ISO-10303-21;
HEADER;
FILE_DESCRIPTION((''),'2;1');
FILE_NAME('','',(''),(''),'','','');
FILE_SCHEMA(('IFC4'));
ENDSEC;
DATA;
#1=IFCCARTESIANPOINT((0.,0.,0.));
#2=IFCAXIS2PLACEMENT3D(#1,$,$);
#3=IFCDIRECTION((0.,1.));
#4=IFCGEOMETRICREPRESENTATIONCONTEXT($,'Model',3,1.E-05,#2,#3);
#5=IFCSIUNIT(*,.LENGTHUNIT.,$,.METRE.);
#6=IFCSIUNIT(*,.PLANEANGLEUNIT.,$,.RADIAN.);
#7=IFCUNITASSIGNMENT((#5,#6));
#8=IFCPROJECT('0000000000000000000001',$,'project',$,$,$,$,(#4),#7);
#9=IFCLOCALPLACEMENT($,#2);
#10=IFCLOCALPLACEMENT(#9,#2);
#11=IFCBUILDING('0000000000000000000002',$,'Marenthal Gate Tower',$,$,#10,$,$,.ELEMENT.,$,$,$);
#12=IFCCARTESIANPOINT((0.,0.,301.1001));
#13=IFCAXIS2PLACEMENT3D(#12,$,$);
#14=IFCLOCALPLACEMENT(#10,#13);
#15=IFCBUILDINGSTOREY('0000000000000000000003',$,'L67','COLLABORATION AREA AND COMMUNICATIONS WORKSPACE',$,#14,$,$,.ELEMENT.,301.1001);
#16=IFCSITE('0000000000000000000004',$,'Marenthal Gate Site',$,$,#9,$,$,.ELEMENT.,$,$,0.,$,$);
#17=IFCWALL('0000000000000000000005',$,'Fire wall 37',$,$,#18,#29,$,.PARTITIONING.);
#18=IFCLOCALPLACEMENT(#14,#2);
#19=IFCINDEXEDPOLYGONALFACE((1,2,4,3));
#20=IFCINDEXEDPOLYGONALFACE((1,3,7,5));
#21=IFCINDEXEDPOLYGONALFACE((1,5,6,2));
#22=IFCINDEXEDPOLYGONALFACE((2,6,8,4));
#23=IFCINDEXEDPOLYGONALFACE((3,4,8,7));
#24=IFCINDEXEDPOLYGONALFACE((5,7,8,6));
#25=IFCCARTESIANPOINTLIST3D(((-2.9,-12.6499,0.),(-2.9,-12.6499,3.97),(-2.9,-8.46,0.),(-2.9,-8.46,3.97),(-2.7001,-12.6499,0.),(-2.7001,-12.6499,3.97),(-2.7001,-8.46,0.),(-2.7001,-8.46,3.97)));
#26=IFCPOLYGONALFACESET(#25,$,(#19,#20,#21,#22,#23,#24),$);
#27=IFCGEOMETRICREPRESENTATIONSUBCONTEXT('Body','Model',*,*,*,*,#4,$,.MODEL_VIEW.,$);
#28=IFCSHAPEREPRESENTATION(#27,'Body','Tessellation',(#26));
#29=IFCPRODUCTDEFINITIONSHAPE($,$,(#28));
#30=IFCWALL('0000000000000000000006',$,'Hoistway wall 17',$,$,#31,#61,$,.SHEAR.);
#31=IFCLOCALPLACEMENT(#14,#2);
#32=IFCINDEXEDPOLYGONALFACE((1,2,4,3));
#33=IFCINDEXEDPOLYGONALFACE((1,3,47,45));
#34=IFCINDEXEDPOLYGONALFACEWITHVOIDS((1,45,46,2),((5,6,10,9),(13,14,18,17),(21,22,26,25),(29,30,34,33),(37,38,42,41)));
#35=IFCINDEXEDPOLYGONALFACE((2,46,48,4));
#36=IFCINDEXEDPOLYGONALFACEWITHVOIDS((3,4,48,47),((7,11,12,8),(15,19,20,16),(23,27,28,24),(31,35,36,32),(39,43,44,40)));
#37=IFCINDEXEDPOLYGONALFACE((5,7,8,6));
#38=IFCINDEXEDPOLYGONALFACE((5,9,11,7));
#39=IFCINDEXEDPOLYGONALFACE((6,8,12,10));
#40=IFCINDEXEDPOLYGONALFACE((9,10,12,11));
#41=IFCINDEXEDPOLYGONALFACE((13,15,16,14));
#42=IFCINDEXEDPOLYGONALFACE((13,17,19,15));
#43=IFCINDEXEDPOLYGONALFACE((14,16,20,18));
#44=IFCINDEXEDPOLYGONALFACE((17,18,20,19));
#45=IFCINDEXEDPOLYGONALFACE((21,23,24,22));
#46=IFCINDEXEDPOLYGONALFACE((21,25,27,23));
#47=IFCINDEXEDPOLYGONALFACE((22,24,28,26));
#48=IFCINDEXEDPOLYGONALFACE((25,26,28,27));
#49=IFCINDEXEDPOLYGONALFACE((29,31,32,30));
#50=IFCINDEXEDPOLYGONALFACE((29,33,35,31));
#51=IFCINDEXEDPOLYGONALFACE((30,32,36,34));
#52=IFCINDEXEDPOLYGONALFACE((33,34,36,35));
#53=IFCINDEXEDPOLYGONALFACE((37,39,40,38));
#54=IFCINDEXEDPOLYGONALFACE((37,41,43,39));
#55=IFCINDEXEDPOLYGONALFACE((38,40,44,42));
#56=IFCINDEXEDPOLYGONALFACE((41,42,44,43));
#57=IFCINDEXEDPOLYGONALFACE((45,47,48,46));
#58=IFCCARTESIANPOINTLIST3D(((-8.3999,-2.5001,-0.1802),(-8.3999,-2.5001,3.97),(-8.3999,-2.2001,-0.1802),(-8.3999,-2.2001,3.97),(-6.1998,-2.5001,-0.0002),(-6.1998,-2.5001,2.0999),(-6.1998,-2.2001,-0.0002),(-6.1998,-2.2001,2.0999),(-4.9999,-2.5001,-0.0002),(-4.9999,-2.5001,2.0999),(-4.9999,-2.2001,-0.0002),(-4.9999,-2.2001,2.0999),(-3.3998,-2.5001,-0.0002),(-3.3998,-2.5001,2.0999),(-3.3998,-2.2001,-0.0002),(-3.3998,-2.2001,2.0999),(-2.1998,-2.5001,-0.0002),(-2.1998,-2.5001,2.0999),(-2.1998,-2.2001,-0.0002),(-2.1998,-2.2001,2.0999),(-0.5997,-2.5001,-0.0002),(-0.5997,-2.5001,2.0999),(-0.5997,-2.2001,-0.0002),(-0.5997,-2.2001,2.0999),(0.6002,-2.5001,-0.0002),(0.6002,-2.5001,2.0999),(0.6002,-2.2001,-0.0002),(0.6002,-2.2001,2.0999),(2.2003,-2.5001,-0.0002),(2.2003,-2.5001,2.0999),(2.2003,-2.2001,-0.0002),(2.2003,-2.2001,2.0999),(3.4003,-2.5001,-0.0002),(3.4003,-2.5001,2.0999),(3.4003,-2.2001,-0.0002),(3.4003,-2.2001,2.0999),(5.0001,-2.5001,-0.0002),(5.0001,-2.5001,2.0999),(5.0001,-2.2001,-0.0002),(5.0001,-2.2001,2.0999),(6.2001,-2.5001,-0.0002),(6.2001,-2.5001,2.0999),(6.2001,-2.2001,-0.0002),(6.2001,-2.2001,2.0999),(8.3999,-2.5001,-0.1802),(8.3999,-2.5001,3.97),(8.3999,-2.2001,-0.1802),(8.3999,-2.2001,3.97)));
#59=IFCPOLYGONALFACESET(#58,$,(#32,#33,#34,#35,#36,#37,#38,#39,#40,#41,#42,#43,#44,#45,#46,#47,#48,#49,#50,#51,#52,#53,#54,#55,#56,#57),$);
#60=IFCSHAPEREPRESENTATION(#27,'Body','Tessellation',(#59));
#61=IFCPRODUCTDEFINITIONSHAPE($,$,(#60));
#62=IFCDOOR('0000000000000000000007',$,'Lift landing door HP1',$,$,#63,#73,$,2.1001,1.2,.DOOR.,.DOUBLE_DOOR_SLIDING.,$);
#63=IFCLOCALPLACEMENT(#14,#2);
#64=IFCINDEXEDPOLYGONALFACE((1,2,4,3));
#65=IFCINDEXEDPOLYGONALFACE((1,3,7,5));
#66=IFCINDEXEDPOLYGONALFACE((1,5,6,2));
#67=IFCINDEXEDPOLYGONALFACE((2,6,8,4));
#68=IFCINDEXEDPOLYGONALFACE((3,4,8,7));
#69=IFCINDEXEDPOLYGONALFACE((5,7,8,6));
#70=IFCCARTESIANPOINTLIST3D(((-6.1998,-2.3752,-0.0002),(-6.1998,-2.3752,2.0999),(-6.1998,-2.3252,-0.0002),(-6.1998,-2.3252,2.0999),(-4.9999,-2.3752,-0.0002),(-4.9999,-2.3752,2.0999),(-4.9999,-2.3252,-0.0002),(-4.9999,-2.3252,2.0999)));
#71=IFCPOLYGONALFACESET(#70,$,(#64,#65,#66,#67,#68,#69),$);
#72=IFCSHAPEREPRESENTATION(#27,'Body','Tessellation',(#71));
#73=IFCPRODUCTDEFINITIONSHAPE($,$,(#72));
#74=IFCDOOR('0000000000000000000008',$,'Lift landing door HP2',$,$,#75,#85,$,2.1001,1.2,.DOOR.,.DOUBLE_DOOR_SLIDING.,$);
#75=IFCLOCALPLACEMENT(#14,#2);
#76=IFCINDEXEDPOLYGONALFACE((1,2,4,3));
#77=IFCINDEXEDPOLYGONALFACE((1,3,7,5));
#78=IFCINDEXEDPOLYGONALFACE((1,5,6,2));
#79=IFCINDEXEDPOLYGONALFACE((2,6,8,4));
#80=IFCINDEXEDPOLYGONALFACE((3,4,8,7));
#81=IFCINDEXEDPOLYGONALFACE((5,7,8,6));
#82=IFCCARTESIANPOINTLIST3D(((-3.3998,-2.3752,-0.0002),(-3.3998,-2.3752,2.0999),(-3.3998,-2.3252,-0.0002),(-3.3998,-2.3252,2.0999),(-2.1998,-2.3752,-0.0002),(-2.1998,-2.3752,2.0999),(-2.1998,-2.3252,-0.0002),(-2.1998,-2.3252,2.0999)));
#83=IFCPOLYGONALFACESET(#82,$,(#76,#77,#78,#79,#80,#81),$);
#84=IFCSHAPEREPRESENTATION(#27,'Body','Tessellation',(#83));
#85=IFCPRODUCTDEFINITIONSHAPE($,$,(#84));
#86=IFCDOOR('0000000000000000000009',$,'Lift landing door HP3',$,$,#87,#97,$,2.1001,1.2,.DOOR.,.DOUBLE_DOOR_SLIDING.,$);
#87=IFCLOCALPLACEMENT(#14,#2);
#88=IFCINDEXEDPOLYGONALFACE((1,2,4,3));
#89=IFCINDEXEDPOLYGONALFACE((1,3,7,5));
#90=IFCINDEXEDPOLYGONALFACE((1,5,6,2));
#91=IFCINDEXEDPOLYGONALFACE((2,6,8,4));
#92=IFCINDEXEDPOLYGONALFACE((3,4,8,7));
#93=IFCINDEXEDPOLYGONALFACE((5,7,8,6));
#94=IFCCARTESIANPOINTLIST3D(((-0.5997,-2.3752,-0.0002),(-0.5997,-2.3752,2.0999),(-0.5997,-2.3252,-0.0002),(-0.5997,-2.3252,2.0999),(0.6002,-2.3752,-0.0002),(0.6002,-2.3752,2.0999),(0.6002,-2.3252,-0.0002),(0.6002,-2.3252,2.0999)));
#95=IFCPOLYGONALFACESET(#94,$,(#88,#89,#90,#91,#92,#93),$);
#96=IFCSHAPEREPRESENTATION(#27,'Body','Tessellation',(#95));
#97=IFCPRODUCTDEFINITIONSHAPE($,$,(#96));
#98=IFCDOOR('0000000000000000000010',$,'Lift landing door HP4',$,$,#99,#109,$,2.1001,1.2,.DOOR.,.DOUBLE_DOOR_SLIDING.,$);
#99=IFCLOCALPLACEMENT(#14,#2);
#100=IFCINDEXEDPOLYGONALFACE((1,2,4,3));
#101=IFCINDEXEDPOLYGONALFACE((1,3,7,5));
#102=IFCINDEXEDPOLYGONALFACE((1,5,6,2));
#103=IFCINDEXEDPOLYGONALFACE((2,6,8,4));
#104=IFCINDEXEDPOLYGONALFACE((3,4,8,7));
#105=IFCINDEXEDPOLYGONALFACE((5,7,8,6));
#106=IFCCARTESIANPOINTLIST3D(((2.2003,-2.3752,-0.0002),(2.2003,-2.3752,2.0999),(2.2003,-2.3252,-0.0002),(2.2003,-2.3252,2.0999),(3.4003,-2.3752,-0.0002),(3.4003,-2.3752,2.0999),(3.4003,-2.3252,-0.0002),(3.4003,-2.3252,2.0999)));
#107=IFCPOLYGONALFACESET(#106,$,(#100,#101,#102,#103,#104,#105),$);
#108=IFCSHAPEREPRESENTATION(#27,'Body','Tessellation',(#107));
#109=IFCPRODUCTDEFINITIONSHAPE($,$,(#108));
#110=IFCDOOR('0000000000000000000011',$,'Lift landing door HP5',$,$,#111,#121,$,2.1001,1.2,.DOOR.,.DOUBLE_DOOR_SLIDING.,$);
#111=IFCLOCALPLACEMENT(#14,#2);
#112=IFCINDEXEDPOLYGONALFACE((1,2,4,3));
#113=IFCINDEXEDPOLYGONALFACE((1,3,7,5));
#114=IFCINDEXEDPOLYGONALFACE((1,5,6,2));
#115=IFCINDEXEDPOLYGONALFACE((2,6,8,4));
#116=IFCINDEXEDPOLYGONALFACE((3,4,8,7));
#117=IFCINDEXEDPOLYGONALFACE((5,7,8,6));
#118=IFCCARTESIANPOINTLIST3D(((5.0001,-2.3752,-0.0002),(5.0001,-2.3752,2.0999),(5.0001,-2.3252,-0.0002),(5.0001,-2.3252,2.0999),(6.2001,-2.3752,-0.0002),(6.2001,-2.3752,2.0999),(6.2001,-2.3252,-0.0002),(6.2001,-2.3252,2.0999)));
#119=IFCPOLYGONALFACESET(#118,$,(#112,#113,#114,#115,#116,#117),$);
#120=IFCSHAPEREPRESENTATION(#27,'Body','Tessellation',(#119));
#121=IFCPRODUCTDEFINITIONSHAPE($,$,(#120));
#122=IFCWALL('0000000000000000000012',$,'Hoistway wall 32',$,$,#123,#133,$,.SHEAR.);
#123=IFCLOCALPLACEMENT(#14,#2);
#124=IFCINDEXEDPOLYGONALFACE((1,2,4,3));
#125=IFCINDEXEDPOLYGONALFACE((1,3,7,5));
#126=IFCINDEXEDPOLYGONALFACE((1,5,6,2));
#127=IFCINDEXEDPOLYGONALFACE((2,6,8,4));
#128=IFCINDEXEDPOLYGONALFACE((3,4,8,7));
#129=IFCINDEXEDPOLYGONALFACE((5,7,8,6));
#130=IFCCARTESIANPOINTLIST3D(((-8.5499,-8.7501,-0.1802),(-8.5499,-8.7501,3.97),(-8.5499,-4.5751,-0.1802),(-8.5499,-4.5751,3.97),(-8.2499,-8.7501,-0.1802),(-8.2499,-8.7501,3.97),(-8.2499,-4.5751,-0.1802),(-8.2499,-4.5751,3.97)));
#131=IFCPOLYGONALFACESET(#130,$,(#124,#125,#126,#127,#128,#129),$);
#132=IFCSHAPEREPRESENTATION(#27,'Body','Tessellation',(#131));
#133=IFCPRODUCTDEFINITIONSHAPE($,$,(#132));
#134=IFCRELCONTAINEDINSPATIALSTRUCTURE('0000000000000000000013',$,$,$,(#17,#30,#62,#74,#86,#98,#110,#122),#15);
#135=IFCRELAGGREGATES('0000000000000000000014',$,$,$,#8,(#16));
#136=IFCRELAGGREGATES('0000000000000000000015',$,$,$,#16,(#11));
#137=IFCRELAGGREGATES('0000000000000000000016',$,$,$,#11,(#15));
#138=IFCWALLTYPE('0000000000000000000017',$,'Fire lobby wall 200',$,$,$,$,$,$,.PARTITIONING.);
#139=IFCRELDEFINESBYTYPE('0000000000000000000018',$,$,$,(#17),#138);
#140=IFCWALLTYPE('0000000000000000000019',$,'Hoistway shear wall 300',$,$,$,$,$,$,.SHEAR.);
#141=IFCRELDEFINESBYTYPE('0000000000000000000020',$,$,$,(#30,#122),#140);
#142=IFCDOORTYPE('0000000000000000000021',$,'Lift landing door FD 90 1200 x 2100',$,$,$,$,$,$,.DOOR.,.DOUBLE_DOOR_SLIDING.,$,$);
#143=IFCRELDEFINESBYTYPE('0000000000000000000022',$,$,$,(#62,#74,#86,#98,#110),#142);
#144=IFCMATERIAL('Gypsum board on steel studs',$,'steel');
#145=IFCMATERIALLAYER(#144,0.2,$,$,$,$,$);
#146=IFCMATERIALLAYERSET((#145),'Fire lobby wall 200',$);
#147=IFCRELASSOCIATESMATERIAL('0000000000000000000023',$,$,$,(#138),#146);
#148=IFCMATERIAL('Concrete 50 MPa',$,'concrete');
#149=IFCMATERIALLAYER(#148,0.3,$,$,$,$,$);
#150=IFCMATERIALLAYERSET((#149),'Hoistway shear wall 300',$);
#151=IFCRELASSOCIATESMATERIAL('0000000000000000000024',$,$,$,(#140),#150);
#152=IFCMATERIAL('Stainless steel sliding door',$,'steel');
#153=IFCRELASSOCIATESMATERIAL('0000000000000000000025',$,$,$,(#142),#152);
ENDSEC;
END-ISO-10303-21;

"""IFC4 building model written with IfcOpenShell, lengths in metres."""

from ifc_helpers import new_model, si_unit, direction, frame, frame_2d, origin, place, context, subcontext, project, spatial, rectangle, extrude, material, layer, layer_set, type_object, element, fill, save


model = new_model("IFC4")

# Units and contexts
model_context = context("Model", 3, precision=1e-05, world=origin(), true_north=direction((0.0, 1.0)))
body_context = subcontext(model_context, "Body", "Model", "MODEL_VIEW")
ifc_project = project(units=[si_unit("LENGTHUNIT", "METRE"), si_unit("PLANEANGLEUNIT", "RADIAN")], contexts=[model_context])

# Site, building, storey
site_placement = place(None, origin())
site = spatial("IfcSite", under=ifc_project, at=site_placement, Name="Marenthal Gate Site", CompositionType="ELEMENT", RefElevation=0.0)
building_placement = place(site_placement, origin())
building = spatial("IfcBuilding", under=site, at=building_placement, Name="Marenthal Gate Tower", CompositionType="ELEMENT")
storey_placement = place(building_placement, frame((0.0, 0.0, 301.1001)))
storey = spatial("IfcBuildingStorey", under=building, at=storey_placement, Name="L67", Description="COLLABORATION AREA AND COMMUNICATIONS WORKSPACE", CompositionType="ELEMENT", Elevation=301.1001)

# Wall
ifc_material_1 = material(Name="Gypsum board on steel studs", Category="steel")
ifc_layer_1 = layer(ifc_material_1, 0.2)
ifc_layer_set_1 = layer_set([ifc_layer_1], Name="Fire lobby wall 200")
wall_type_1 = type_object("IfcWallType", Name="Fire lobby wall 200", PredefinedType="PARTITIONING", material=ifc_layer_set_1)
wall_1_placement = place(storey_placement, frame((-2.8, -12.6499, 0.0), z_axis=(0.0, 0.0, 1.0), x_axis=(0.0, 1.0, 0.0)))
element("IfcWall", 1, at=wall_1_placement, inside=storey, type_object=wall_type_1, Name="Fire wall 37", PredefinedType="PARTITIONING", context=body_context, shape_type="SweptSolid", body=[
    extrude(rectangle(XDim=4.1899, YDim=0.2, at=frame_2d((2.095, 0.0))), origin(), (0.0, 0.0, 1.0), 3.97),
])

# Wall, openings, doors
ifc_material_2 = material(Name="Concrete 50 MPa", Category="concrete")
ifc_layer_2 = layer(ifc_material_2, 0.3)
ifc_layer_set_2 = layer_set([ifc_layer_2], Name="Hoistway shear wall 300")
wall_type_2 = type_object("IfcWallType", Name="Hoistway shear wall 300", PredefinedType="SHEAR", material=ifc_layer_set_2)
wall_2_placement = place(storey_placement, frame((-8.3999, -2.3501, -0.1802), z_axis=(0.0, 0.0, 1.0), x_axis=(1.0, 0.0, 0.0)))
wall_2 = element("IfcWall", 2, at=wall_2_placement, inside=storey, type_object=wall_type_2, Name="Hoistway wall 17", PredefinedType="SHEAR", context=body_context, shape_type="SweptSolid", body=[
    extrude(rectangle(XDim=16.7998, YDim=0.3, at=frame_2d((8.3999, 0.0))), origin(), (0.0, 0.0, 1.0), 4.1501),
])
opening_1_placement = place(wall_2_placement, frame((2.2, 0.0, 0.1799)))
opening_1 = element("IfcOpeningElement", 3, at=opening_1_placement, cuts=wall_2, PredefinedType="OPENING", context=body_context, shape_type="SweptSolid", body=[
    extrude(rectangle(XDim=1.2, YDim=2.1001, at=frame_2d((0.6001, 1.05))), frame((0.0, 0.1602, 0.0), z_axis=(0.0, -1.0, 0.0), x_axis=(1.0, 0.0, 0.0)), (0.0, 0.0, 1.0), 0.3201),
])
opening_2_placement = place(wall_2_placement, frame((5.0, 0.0, 0.1799)))
opening_2 = element("IfcOpeningElement", 4, at=opening_2_placement, cuts=wall_2, PredefinedType="OPENING", context=body_context, shape_type="SweptSolid", body=[
    extrude(rectangle(XDim=1.2, YDim=2.1001, at=frame_2d((0.6001, 1.05))), frame((0.0, 0.1602, 0.0), z_axis=(0.0, -1.0, 0.0), x_axis=(1.0, 0.0, 0.0)), (0.0, 0.0, 1.0), 0.3201),
])
opening_3_placement = place(wall_2_placement, frame((7.8, 0.0, 0.1799)))
opening_3 = element("IfcOpeningElement", 5, at=opening_3_placement, cuts=wall_2, PredefinedType="OPENING", context=body_context, shape_type="SweptSolid", body=[
    extrude(rectangle(XDim=1.2, YDim=2.1001, at=frame_2d((0.6001, 1.05))), frame((0.0, 0.1602, 0.0), z_axis=(0.0, -1.0, 0.0), x_axis=(1.0, 0.0, 0.0)), (0.0, 0.0, 1.0), 0.3201),
])
opening_4_placement = place(wall_2_placement, frame((10.6001, 0.0, 0.1799)))
opening_4 = element("IfcOpeningElement", 6, at=opening_4_placement, cuts=wall_2, PredefinedType="OPENING", context=body_context, shape_type="SweptSolid", body=[
    extrude(rectangle(XDim=1.2, YDim=2.1001, at=frame_2d((0.6001, 1.05))), frame((0.0, 0.1602, 0.0), z_axis=(0.0, -1.0, 0.0), x_axis=(1.0, 0.0, 0.0)), (0.0, 0.0, 1.0), 0.3201),
])
opening_5_placement = place(wall_2_placement, frame((13.3999, 0.0, 0.1799)))
opening_5 = element("IfcOpeningElement", 7, at=opening_5_placement, cuts=wall_2, PredefinedType="OPENING", context=body_context, shape_type="SweptSolid", body=[
    extrude(rectangle(XDim=1.2, YDim=2.1001, at=frame_2d((0.6001, 1.05))), frame((0.0, 0.1602, 0.0), z_axis=(0.0, -1.0, 0.0), x_axis=(1.0, 0.0, 0.0)), (0.0, 0.0, 1.0), 0.3201),
])
ifc_material_3 = material(Name="Stainless steel sliding door", Category="steel")
door_type_1 = type_object("IfcDoorType", Name="Lift landing door FD 90 1200 x 2100", OperationType="DOUBLE_DOOR_SLIDING", PredefinedType="DOOR", material=ifc_material_3)
door_1_placement = place(opening_1_placement, origin())
door_1 = element("IfcDoor", 8, at=door_1_placement, inside=storey, type_object=door_type_1, Name="Lift landing door HP1", OperationType="DOUBLE_DOOR_SLIDING", OverallHeight=2.1001, OverallWidth=1.2, PredefinedType="DOOR", context=body_context, shape_type="SweptSolid", body=[
    extrude(rectangle(XDim=1.2, YDim=2.1001, at=frame_2d((0.6001, 1.05))), frame((0.0, 0.0249, 0.0), z_axis=(0.0, -1.0, 0.0), x_axis=(1.0, 0.0, 0.0)), (0.0, 0.0, 1.0), 0.05),
])
fill(opening_1, door_1)
door_2_placement = place(opening_2_placement, origin())
door_2 = element("IfcDoor", 9, at=door_2_placement, inside=storey, type_object=door_type_1, Name="Lift landing door HP2", OperationType="DOUBLE_DOOR_SLIDING", OverallHeight=2.1001, OverallWidth=1.2, PredefinedType="DOOR", context=body_context, shape_type="SweptSolid", body=[
    extrude(rectangle(XDim=1.2, YDim=2.1001, at=frame_2d((0.6001, 1.05))), frame((0.0, 0.0249, 0.0), z_axis=(0.0, -1.0, 0.0), x_axis=(1.0, 0.0, 0.0)), (0.0, 0.0, 1.0), 0.05),
])
fill(opening_2, door_2)
door_3_placement = place(opening_3_placement, origin())
door_3 = element("IfcDoor", 10, at=door_3_placement, inside=storey, type_object=door_type_1, Name="Lift landing door HP3", OperationType="DOUBLE_DOOR_SLIDING", OverallHeight=2.1001, OverallWidth=1.2, PredefinedType="DOOR", context=body_context, shape_type="SweptSolid", body=[
    extrude(rectangle(XDim=1.2, YDim=2.1001, at=frame_2d((0.6001, 1.05))), frame((0.0, 0.0249, 0.0), z_axis=(0.0, -1.0, 0.0), x_axis=(1.0, 0.0, 0.0)), (0.0, 0.0, 1.0), 0.05),
])
fill(opening_3, door_3)
door_4_placement = place(opening_4_placement, origin())
door_4 = element("IfcDoor", 11, at=door_4_placement, inside=storey, type_object=door_type_1, Name="Lift landing door HP4", OperationType="DOUBLE_DOOR_SLIDING", OverallHeight=2.1001, OverallWidth=1.2, PredefinedType="DOOR", context=body_context, shape_type="SweptSolid", body=[
    extrude(rectangle(XDim=1.2, YDim=2.1001, at=frame_2d((0.6001, 1.05))), frame((0.0, 0.0249, 0.0), z_axis=(0.0, -1.0, 0.0), x_axis=(1.0, 0.0, 0.0)), (0.0, 0.0, 1.0), 0.05),
])
fill(opening_4, door_4)
door_5_placement = place(opening_5_placement, origin())
door_5 = element("IfcDoor", 12, at=door_5_placement, inside=storey, type_object=door_type_1, Name="Lift landing door HP5", OperationType="DOUBLE_DOOR_SLIDING", OverallHeight=2.1001, OverallWidth=1.2, PredefinedType="DOOR", context=body_context, shape_type="SweptSolid", body=[
    extrude(rectangle(XDim=1.2, YDim=2.1001, at=frame_2d((0.6001, 1.05))), frame((0.0, 0.0249, 0.0), z_axis=(0.0, -1.0, 0.0), x_axis=(1.0, 0.0, 0.0)), (0.0, 0.0, 1.0), 0.05),
])
fill(opening_5, door_5)

# Wall
wall_3_placement = place(storey_placement, frame((-8.3999, -8.75, -0.1802), z_axis=(0.0, 0.0, 1.0), x_axis=(0.0, 1.0, 0.0)))
element("IfcWall", 13, at=wall_3_placement, inside=storey, type_object=wall_type_2, Name="Hoistway wall 32", PredefinedType="SHEAR", context=body_context, shape_type="SweptSolid", body=[
    extrude(rectangle(XDim=4.175, YDim=0.3, at=frame_2d((2.0874, 0.0))), origin(), (0.0, 0.0, 1.0), 4.1501),
])

save(model, "model.ifc")
